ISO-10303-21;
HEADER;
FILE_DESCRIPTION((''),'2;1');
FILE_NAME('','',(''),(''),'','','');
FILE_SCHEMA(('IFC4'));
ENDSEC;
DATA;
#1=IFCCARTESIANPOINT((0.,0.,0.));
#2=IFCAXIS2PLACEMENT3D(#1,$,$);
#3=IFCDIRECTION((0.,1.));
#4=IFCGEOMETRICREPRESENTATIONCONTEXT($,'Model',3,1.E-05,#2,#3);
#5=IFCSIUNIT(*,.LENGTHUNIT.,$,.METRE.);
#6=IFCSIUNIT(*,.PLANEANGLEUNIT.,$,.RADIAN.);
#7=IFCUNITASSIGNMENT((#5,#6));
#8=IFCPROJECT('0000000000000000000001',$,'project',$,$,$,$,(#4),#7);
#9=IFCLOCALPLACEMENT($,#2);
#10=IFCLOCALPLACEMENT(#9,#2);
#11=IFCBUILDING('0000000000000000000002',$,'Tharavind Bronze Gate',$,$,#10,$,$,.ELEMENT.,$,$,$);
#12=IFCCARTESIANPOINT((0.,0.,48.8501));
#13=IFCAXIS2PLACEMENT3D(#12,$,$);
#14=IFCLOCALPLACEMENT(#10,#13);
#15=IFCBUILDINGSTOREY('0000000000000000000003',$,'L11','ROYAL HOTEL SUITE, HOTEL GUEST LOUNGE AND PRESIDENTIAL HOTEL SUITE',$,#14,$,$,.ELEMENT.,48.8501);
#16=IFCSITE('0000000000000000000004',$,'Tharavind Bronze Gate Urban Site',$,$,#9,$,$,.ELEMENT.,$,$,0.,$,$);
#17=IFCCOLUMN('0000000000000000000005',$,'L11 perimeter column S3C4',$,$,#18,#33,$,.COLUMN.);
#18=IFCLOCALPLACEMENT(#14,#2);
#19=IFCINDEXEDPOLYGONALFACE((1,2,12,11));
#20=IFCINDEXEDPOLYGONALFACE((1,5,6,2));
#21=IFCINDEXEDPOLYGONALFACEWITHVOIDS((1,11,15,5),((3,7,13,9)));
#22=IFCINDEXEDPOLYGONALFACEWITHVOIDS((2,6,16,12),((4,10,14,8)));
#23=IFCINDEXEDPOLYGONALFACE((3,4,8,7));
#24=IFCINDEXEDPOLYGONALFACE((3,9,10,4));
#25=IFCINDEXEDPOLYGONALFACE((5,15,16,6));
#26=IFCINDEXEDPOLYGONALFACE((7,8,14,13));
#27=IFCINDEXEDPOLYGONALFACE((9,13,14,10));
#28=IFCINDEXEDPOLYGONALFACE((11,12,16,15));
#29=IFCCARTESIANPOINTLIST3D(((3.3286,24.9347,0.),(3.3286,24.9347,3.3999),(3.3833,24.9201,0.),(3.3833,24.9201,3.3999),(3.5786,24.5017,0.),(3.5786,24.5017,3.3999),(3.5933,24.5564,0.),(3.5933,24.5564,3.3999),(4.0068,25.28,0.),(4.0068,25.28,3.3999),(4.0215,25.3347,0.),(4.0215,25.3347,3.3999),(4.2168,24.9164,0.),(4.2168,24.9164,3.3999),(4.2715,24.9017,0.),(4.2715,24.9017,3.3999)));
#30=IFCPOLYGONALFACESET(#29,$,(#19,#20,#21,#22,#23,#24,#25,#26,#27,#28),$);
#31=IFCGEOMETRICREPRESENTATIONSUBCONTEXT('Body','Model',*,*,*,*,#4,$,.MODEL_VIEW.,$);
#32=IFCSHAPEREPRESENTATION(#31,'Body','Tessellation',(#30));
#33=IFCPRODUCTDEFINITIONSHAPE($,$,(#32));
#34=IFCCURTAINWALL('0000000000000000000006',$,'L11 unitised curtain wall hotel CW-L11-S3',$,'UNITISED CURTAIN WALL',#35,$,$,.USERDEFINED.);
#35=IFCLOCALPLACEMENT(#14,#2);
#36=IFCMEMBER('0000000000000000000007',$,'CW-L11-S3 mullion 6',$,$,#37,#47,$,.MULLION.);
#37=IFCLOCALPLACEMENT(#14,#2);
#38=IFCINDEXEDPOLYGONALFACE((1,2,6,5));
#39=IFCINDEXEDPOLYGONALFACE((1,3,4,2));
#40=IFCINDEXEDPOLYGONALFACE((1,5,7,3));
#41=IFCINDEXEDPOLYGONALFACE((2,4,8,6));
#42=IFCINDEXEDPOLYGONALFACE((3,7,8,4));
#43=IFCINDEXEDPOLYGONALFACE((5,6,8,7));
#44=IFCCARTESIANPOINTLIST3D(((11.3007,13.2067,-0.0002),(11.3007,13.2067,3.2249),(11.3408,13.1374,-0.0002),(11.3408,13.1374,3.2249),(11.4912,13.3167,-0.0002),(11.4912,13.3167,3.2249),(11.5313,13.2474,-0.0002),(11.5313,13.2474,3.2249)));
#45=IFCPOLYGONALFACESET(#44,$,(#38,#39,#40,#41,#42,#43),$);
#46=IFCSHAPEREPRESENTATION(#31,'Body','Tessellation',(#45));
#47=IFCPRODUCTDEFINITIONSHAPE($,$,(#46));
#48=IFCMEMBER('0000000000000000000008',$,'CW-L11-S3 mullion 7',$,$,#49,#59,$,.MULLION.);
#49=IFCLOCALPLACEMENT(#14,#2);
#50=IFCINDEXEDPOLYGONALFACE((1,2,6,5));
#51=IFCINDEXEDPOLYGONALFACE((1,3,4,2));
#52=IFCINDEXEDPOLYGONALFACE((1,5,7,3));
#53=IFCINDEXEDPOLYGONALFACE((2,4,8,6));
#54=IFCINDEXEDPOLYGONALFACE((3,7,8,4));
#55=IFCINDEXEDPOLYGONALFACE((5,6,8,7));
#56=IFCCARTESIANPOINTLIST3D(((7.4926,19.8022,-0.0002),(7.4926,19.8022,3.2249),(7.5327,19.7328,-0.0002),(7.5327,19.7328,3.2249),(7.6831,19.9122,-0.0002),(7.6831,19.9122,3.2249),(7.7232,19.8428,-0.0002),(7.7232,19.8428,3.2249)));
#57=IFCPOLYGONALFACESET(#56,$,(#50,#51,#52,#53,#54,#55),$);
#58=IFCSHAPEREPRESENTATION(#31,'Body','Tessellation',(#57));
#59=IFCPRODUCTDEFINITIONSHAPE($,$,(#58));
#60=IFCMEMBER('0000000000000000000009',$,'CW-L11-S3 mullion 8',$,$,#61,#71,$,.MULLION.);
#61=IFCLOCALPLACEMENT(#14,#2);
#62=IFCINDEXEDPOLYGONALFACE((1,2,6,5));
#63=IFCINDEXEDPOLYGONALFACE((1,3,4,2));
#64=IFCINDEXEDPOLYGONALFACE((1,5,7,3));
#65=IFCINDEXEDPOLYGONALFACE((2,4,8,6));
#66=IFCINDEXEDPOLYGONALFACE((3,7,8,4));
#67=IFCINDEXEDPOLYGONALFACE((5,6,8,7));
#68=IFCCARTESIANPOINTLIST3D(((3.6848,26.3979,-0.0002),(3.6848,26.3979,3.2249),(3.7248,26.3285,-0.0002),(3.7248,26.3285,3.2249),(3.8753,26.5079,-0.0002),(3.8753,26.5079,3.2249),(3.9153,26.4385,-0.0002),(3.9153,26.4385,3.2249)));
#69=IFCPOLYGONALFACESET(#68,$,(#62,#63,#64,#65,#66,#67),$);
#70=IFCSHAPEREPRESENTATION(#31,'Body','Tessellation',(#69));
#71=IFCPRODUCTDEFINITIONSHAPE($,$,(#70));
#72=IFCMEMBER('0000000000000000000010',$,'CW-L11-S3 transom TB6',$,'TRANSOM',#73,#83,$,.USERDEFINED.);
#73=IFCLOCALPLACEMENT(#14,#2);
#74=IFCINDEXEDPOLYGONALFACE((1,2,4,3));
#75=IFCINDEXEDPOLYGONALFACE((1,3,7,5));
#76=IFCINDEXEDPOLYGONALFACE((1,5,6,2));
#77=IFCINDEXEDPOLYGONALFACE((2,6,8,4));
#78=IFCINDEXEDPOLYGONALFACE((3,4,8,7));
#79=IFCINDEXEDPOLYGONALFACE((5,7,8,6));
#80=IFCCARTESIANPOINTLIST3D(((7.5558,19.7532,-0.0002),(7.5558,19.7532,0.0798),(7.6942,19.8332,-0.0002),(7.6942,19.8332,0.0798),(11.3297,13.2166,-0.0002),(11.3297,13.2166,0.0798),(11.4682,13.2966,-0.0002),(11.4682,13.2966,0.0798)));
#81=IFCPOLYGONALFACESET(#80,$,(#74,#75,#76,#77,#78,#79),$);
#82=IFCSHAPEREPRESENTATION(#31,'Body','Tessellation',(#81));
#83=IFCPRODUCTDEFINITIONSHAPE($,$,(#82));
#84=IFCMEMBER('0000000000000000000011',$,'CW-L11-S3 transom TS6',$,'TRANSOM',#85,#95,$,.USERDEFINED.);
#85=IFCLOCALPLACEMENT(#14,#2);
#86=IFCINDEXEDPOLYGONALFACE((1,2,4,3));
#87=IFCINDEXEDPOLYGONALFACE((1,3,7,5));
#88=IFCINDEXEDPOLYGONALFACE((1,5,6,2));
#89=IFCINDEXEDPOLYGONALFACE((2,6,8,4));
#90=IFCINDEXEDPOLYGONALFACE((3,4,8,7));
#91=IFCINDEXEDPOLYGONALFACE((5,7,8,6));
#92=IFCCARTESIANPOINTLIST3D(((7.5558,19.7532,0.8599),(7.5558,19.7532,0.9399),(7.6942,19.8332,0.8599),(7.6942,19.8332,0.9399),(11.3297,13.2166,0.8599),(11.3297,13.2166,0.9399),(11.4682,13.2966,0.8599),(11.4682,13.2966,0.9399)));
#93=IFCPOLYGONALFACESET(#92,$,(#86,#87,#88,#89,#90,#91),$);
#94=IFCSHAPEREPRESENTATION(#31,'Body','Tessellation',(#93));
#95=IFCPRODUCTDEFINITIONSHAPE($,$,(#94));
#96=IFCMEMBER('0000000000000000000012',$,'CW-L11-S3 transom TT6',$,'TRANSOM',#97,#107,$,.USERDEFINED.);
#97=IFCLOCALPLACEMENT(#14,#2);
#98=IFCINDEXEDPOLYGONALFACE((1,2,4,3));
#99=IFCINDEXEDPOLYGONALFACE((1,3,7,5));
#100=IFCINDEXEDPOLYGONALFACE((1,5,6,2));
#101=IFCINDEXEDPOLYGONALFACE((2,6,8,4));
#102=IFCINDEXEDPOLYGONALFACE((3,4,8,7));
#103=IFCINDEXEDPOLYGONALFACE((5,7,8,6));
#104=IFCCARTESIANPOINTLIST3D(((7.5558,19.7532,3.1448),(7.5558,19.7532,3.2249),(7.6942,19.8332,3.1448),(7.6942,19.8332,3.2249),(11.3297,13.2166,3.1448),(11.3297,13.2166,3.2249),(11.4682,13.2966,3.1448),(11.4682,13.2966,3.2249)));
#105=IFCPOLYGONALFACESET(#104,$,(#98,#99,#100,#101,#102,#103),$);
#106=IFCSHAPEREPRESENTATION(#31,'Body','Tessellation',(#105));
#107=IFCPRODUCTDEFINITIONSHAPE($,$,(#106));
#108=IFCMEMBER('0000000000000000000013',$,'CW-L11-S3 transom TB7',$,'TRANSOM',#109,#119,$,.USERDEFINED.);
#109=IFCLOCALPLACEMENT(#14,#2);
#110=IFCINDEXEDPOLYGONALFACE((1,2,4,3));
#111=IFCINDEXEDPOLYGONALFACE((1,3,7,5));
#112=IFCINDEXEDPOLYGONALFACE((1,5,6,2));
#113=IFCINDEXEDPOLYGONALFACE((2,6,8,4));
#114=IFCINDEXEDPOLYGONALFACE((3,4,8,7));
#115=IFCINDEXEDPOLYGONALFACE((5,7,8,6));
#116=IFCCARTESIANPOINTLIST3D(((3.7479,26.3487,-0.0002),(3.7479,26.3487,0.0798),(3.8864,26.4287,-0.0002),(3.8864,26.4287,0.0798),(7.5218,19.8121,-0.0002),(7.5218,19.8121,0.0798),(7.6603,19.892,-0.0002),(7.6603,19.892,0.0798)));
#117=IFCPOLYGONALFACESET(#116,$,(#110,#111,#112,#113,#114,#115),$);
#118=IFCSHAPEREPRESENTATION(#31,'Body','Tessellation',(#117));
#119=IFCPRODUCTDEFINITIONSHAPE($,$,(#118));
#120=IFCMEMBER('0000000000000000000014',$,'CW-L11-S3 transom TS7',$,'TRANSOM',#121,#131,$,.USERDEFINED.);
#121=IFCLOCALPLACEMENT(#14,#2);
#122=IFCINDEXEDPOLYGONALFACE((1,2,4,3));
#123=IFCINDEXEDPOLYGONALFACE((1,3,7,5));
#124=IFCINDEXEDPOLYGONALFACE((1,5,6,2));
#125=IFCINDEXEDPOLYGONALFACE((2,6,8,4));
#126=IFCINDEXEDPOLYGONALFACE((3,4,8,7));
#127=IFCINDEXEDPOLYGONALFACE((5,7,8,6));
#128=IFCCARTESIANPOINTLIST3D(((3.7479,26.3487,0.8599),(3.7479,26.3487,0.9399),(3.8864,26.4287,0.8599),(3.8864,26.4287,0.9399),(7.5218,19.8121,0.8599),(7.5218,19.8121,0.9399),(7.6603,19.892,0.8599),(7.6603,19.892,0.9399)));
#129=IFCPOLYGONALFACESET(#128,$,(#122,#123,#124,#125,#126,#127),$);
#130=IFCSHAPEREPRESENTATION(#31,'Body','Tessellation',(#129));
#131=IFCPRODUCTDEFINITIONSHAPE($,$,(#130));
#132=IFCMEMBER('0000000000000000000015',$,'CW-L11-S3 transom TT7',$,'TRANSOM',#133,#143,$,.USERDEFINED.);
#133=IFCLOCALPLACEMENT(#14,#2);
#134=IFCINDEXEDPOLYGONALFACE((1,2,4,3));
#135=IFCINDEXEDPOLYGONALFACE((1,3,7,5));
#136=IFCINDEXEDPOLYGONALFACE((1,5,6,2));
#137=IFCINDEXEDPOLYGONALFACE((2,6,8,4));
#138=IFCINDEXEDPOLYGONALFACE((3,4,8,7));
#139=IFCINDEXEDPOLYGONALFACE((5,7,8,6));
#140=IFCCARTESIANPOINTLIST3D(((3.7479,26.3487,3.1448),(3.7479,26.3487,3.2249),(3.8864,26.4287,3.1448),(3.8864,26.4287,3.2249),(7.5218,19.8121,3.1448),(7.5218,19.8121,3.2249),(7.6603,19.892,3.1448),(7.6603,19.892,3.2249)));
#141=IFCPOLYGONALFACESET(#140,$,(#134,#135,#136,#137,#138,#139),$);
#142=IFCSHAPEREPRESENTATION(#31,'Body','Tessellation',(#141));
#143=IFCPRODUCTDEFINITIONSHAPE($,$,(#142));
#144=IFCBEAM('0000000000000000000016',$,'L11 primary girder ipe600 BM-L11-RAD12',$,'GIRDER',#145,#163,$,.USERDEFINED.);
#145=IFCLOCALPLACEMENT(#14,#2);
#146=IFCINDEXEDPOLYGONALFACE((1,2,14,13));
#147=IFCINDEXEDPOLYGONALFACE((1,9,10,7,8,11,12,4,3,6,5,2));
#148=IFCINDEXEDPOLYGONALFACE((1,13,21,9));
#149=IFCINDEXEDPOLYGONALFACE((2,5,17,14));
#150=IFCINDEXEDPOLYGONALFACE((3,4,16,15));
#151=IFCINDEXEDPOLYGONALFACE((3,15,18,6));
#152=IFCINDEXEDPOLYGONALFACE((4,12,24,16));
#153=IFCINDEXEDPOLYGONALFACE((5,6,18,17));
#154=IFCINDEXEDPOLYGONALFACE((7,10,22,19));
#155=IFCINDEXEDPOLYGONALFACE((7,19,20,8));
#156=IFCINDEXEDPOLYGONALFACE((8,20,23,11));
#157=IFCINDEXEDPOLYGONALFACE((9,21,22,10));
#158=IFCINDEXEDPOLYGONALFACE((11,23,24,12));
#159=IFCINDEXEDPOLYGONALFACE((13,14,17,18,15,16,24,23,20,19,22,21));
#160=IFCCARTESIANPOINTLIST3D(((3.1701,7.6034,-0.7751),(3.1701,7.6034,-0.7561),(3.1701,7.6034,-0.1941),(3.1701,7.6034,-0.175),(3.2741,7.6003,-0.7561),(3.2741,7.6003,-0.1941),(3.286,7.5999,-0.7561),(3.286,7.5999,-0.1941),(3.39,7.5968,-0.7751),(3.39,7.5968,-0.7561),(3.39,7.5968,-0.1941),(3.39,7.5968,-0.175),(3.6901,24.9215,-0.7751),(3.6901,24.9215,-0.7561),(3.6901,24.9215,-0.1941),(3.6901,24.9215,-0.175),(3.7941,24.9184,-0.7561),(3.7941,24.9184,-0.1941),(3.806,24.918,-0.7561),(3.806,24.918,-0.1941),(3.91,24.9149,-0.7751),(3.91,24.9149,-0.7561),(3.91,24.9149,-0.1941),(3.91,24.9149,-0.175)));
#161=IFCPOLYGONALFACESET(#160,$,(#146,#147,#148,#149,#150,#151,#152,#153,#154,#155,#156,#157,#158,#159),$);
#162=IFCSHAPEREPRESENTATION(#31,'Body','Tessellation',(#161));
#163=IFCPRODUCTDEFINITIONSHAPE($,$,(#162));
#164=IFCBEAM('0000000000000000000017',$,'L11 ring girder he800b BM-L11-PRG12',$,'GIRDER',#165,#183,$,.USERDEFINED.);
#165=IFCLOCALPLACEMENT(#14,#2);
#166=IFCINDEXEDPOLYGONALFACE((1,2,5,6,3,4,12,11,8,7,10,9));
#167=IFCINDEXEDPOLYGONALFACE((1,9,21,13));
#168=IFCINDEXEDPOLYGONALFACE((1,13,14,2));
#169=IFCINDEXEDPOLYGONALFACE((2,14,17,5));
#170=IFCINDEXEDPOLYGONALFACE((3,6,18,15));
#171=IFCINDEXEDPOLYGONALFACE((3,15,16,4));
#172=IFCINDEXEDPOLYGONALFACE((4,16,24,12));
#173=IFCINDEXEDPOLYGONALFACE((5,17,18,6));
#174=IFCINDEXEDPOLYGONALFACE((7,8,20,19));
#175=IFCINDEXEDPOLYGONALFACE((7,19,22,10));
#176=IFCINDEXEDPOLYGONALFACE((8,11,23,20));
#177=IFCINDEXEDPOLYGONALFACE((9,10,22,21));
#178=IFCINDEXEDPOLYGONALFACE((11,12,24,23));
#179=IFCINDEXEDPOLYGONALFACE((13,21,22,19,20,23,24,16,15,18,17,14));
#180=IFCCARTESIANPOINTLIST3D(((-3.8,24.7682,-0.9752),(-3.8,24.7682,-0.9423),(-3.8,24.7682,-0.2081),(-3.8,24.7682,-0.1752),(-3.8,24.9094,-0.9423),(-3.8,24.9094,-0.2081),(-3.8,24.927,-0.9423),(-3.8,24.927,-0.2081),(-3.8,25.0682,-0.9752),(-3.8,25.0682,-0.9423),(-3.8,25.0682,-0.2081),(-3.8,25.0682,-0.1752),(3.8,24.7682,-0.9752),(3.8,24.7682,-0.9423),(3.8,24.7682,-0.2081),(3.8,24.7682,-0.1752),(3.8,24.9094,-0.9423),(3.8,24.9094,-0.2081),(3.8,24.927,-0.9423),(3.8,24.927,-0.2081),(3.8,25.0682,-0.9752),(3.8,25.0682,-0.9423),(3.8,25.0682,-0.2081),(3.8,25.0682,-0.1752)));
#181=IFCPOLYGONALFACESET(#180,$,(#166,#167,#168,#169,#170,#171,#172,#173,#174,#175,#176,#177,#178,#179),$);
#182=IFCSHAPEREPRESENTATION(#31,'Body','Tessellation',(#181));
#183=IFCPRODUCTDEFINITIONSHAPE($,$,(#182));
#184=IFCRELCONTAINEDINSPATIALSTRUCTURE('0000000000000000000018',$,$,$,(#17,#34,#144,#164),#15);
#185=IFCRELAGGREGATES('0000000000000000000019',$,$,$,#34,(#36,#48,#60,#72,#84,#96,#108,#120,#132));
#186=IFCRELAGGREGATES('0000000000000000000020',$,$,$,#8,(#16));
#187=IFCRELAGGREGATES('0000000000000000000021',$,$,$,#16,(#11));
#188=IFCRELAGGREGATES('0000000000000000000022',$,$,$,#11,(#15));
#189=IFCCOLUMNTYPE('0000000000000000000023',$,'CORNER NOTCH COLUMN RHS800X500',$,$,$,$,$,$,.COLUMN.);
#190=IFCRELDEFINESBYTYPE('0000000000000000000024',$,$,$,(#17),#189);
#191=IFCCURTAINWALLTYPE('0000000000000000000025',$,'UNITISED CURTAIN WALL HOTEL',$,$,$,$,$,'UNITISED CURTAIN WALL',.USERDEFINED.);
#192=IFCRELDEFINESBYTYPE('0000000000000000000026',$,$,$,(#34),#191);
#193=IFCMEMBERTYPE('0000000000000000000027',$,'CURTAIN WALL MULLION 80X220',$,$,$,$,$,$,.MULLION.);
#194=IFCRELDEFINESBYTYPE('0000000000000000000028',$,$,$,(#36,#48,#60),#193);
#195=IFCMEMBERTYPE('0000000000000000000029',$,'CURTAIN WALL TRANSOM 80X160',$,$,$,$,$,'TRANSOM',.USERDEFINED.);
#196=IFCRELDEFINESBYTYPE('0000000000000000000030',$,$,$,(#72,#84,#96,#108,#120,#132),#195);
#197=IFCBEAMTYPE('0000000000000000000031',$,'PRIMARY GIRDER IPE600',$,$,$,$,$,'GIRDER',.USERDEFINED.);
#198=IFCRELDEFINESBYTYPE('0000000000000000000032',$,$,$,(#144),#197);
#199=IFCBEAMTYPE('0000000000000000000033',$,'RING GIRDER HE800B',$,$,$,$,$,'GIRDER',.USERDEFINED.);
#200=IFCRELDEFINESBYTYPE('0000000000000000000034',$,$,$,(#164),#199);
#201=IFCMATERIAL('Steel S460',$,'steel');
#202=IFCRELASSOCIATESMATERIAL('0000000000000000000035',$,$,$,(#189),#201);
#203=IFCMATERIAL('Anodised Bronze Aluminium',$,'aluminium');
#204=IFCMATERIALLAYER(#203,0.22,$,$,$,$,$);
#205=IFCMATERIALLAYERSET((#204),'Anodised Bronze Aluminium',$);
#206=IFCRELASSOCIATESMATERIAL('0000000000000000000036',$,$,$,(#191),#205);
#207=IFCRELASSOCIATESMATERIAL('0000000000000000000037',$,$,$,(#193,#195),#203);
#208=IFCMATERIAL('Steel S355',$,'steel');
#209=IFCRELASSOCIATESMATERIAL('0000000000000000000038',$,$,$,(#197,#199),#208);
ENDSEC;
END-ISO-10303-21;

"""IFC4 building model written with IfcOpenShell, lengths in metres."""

from ifc_helpers import new_model, si_unit, direction, frame, origin, origin_2d, place, context, subcontext, project, spatial, rectangle, hollow_rectangle, i_section, extrude, material, layer, layer_set, material_profile, profile_set, type_object, element, aggregate, save


model = new_model("IFC4")

# Units and contexts
model_context = context("Model", 3, precision=1e-05, world=origin(), true_north=direction((0.0, 1.0)))
body_context = subcontext(model_context, "Body", "Model", "MODEL_VIEW")
ifc_project = project(units=[si_unit("LENGTHUNIT", "METRE"), si_unit("PLANEANGLEUNIT", "RADIAN")], contexts=[model_context])

# Site, building, storey
site_placement = place(None, origin())
site = spatial("IfcSite", under=ifc_project, at=site_placement, Name="Tharavind Bronze Gate Urban Site", CompositionType="ELEMENT", RefElevation=0.0)
building_placement = place(site_placement, origin())
building = spatial("IfcBuilding", under=site, at=building_placement, Name="Tharavind Bronze Gate", CompositionType="ELEMENT")
storey_placement = place(building_placement, frame((0.0, 0.0, 48.8501)))
storey = spatial("IfcBuildingStorey", under=building, at=storey_placement, Name="L11", Description="ROYAL HOTEL SUITE, HOTEL GUEST LOUNGE AND PRESIDENTIAL HOTEL SUITE", CompositionType="ELEMENT", Elevation=48.8501)

# Column
ifc_material_1 = material(Name="Steel S460", Category="steel")
ifc_material_profile_1 = material_profile(ifc_material_1, hollow_rectangle(XDim=0.5, YDim=0.8, WallThickness=0.04, at=origin_2d()), Name="RHS800X500X40")
ifc_profile_set_1 = profile_set([ifc_material_profile_1], Name="Steel S460")
column_type = type_object("IfcColumnType", Name="CORNER NOTCH COLUMN RHS800X500", PredefinedType="COLUMN", material=ifc_profile_set_1)
column_placement = place(storey_placement, frame((3.8, 24.9182, 0.0), z_axis=(0.0, 0.0, 1.0), x_axis=(-0.500002, 0.866025, 0.0)))
element("IfcColumn", 1, at=column_placement, inside=storey, type_object=column_type, Name="L11 perimeter column S3C4", PredefinedType="COLUMN", context=body_context, shape_type="SweptSolid", body=[
    extrude(hollow_rectangle(XDim=0.5, YDim=0.8, WallThickness=0.04, at=origin_2d()), origin(), (0.0, 0.0, 1.0), 3.3999),
])

# Curtain wall, members
ifc_material_2 = material(Name="Anodised Bronze Aluminium", Category="aluminium")
ifc_layer_1 = layer(ifc_material_2, 0.22)
ifc_layer_set_1 = layer_set([ifc_layer_1], Name="Anodised Bronze Aluminium")
curtain_wall_type = type_object("IfcCurtainWallType", Name="UNITISED CURTAIN WALL HOTEL", ElementType="UNITISED CURTAIN WALL", PredefinedType="USERDEFINED", material=ifc_layer_set_1)
curtain_wall_placement = place(storey_placement, origin())
curtain_wall = element("IfcCurtainWall", 2, at=curtain_wall_placement, inside=storey, type_object=curtain_wall_type, Name="L11 unitised curtain wall hotel CW-L11-S3", ObjectType="UNITISED CURTAIN WALL", PredefinedType="USERDEFINED")
member_type_1 = type_object("IfcMemberType", Name="CURTAIN WALL MULLION 80X220", PredefinedType="MULLION", material=ifc_material_2)
member_1_placement = place(storey_placement, frame((11.416, 13.2271, -0.0002), z_axis=(0.0, 0.0, 1.0), x_axis=(-0.500002, 0.866025, 0.0)))
member_1 = element("IfcMember", 3, at=member_1_placement, type_object=member_type_1, Name="CW-L11-S3 mullion 6", PredefinedType="MULLION", context=body_context, shape_type="SweptSolid", body=[
    extrude(rectangle(XDim=0.0801, YDim=0.22, at=origin_2d()), origin(), (0.0, 0.0, 1.0), 3.2251),
])
member_2_placement = place(storey_placement, frame((7.6079, 19.8225, -0.0002), z_axis=(0.0, 0.0, 1.0), x_axis=(-0.500002, 0.866025, 0.0)))
member_2 = element("IfcMember", 4, at=member_2_placement, type_object=member_type_1, Name="CW-L11-S3 mullion 7", PredefinedType="MULLION", context=body_context, shape_type="SweptSolid", body=[
    extrude(rectangle(XDim=0.0801, YDim=0.22, at=origin_2d()), origin(), (0.0, 0.0, 1.0), 3.2251),
])
member_3_placement = place(storey_placement, frame((3.8, 26.4182, -0.0002), z_axis=(0.0, 0.0, 1.0), x_axis=(-0.500002, 0.866025, 0.0)))
member_3 = element("IfcMember", 5, at=member_3_placement, type_object=member_type_1, Name="CW-L11-S3 mullion 8", PredefinedType="MULLION", context=body_context, shape_type="SweptSolid", body=[
    extrude(rectangle(XDim=0.0801, YDim=0.22, at=origin_2d()), origin(), (0.0, 0.0, 1.0), 3.2251),
])
member_type_2 = type_object("IfcMemberType", Name="CURTAIN WALL TRANSOM 80X160", ElementType="TRANSOM", PredefinedType="USERDEFINED", material=ifc_material_2)
member_4_placement = place(storey_placement, frame((9.512, 16.5249, -0.0002), z_axis=(0.0, 0.0, 1.0), x_axis=(-0.500002, 0.866025, 0.0)))
member_4 = element("IfcMember", 6, at=member_4_placement, type_object=member_type_2, Name="CW-L11-S3 transom TB6", ObjectType="TRANSOM", PredefinedType="USERDEFINED", context=body_context, shape_type="SweptSolid", body=[
    extrude(rectangle(XDim=7.5479, YDim=0.1599, at=origin_2d()), origin(), (0.0, 0.0, 1.0), 0.0801),
])
member_5_placement = place(storey_placement, frame((9.512, 16.5249, 0.8599), z_axis=(0.0, 0.0, 1.0), x_axis=(-0.500002, 0.866025, 0.0)))
member_5 = element("IfcMember", 7, at=member_5_placement, type_object=member_type_2, Name="CW-L11-S3 transom TS6", ObjectType="TRANSOM", PredefinedType="USERDEFINED", context=body_context, shape_type="SweptSolid", body=[
    extrude(rectangle(XDim=7.5479, YDim=0.1599, at=origin_2d()), origin(), (0.0, 0.0, 1.0), 0.0801),
])
member_6_placement = place(storey_placement, frame((9.512, 16.5249, 3.1448), z_axis=(0.0, 0.0, 1.0), x_axis=(-0.500002, 0.866025, 0.0)))
member_6 = element("IfcMember", 8, at=member_6_placement, type_object=member_type_2, Name="CW-L11-S3 transom TT6", ObjectType="TRANSOM", PredefinedType="USERDEFINED", context=body_context, shape_type="SweptSolid", body=[
    extrude(rectangle(XDim=7.5479, YDim=0.1599, at=origin_2d()), origin(), (0.0, 0.0, 1.0), 0.0801),
])
member_7_placement = place(storey_placement, frame((5.7041, 23.1204, -0.0002), z_axis=(0.0, 0.0, 1.0), x_axis=(-0.500002, 0.866025, 0.0)))
member_7 = element("IfcMember", 9, at=member_7_placement, type_object=member_type_2, Name="CW-L11-S3 transom TB7", ObjectType="TRANSOM", PredefinedType="USERDEFINED", context=body_context, shape_type="SweptSolid", body=[
    extrude(rectangle(XDim=7.5479, YDim=0.1599, at=origin_2d()), origin(), (0.0, 0.0, 1.0), 0.0801),
])
member_8_placement = place(storey_placement, frame((5.7041, 23.1204, 0.8599), z_axis=(0.0, 0.0, 1.0), x_axis=(-0.500002, 0.866025, 0.0)))
member_8 = element("IfcMember", 10, at=member_8_placement, type_object=member_type_2, Name="CW-L11-S3 transom TS7", ObjectType="TRANSOM", PredefinedType="USERDEFINED", context=body_context, shape_type="SweptSolid", body=[
    extrude(rectangle(XDim=7.5479, YDim=0.1599, at=origin_2d()), origin(), (0.0, 0.0, 1.0), 0.0801),
])
member_9_placement = place(storey_placement, frame((5.7041, 23.1204, 3.1448), z_axis=(0.0, 0.0, 1.0), x_axis=(-0.500002, 0.866025, 0.0)))
member_9 = element("IfcMember", 11, at=member_9_placement, type_object=member_type_2, Name="CW-L11-S3 transom TT7", ObjectType="TRANSOM", PredefinedType="USERDEFINED", context=body_context, shape_type="SweptSolid", body=[
    extrude(rectangle(XDim=7.5479, YDim=0.1599, at=origin_2d()), origin(), (0.0, 0.0, 1.0), 0.0801),
])

# Beams
ifc_material_3 = material(Name="Steel S355", Category="steel")
ifc_material_profile_2 = material_profile(ifc_material_3, i_section(OverallWidth=0.22, OverallDepth=0.6001, WebThickness=0.012, FlangeThickness=0.019, at=origin_2d()), Name="IPE600")
ifc_profile_set_2 = profile_set([ifc_material_profile_2], Name="Steel S355")
beam_type_1 = type_object("IfcBeamType", Name="PRIMARY GIRDER IPE600", ElementType="GIRDER", PredefinedType="USERDEFINED", material=ifc_profile_set_2)
beam_1_placement = place(storey_placement, frame((3.8, 24.9182, -0.4751), z_axis=(-0.030014, -0.999549, 0.0), x_axis=(0.999549, -0.030014, 0.0)))
element("IfcBeam", 12, at=beam_1_placement, inside=storey, type_object=beam_type_1, Name="L11 primary girder ipe600 BM-L11-RAD12", ObjectType="GIRDER", PredefinedType="USERDEFINED", context=body_context, shape_type="SweptSolid", body=[
    extrude(i_section(OverallWidth=0.22, OverallDepth=0.6001, WebThickness=0.012, FlangeThickness=0.019, at=origin_2d()), origin(), (0.0, 0.0, 1.0), 17.3259),
])
ifc_material_profile_3 = material_profile(ifc_material_3, i_section(OverallWidth=0.3, OverallDepth=0.8, WebThickness=0.0176, FlangeThickness=0.033, at=origin_2d()), Name="HE800B")
ifc_profile_set_3 = profile_set([ifc_material_profile_3], Name="Steel S355")
beam_type_2 = type_object("IfcBeamType", Name="RING GIRDER HE800B", ElementType="GIRDER", PredefinedType="USERDEFINED", material=ifc_profile_set_3)
beam_2_placement = place(storey_placement, frame((3.8, 24.9182, -0.5752), z_axis=(-1.0, 0.0, 0.0), x_axis=(0.0, -1.0, 0.0)))
element("IfcBeam", 13, at=beam_2_placement, inside=storey, type_object=beam_type_2, Name="L11 ring girder he800b BM-L11-PRG12", ObjectType="GIRDER", PredefinedType="USERDEFINED", context=body_context, shape_type="SweptSolid", body=[
    extrude(i_section(OverallWidth=0.3, OverallDepth=0.8, WebThickness=0.0176, FlangeThickness=0.033, at=origin_2d()), origin(), (0.0, 0.0, 1.0), 7.6001),
])

aggregate(curtain_wall, [member_1, member_2, member_3, member_4, member_5, member_6, member_7, member_8, member_9])

save(model, "model.ifc")
